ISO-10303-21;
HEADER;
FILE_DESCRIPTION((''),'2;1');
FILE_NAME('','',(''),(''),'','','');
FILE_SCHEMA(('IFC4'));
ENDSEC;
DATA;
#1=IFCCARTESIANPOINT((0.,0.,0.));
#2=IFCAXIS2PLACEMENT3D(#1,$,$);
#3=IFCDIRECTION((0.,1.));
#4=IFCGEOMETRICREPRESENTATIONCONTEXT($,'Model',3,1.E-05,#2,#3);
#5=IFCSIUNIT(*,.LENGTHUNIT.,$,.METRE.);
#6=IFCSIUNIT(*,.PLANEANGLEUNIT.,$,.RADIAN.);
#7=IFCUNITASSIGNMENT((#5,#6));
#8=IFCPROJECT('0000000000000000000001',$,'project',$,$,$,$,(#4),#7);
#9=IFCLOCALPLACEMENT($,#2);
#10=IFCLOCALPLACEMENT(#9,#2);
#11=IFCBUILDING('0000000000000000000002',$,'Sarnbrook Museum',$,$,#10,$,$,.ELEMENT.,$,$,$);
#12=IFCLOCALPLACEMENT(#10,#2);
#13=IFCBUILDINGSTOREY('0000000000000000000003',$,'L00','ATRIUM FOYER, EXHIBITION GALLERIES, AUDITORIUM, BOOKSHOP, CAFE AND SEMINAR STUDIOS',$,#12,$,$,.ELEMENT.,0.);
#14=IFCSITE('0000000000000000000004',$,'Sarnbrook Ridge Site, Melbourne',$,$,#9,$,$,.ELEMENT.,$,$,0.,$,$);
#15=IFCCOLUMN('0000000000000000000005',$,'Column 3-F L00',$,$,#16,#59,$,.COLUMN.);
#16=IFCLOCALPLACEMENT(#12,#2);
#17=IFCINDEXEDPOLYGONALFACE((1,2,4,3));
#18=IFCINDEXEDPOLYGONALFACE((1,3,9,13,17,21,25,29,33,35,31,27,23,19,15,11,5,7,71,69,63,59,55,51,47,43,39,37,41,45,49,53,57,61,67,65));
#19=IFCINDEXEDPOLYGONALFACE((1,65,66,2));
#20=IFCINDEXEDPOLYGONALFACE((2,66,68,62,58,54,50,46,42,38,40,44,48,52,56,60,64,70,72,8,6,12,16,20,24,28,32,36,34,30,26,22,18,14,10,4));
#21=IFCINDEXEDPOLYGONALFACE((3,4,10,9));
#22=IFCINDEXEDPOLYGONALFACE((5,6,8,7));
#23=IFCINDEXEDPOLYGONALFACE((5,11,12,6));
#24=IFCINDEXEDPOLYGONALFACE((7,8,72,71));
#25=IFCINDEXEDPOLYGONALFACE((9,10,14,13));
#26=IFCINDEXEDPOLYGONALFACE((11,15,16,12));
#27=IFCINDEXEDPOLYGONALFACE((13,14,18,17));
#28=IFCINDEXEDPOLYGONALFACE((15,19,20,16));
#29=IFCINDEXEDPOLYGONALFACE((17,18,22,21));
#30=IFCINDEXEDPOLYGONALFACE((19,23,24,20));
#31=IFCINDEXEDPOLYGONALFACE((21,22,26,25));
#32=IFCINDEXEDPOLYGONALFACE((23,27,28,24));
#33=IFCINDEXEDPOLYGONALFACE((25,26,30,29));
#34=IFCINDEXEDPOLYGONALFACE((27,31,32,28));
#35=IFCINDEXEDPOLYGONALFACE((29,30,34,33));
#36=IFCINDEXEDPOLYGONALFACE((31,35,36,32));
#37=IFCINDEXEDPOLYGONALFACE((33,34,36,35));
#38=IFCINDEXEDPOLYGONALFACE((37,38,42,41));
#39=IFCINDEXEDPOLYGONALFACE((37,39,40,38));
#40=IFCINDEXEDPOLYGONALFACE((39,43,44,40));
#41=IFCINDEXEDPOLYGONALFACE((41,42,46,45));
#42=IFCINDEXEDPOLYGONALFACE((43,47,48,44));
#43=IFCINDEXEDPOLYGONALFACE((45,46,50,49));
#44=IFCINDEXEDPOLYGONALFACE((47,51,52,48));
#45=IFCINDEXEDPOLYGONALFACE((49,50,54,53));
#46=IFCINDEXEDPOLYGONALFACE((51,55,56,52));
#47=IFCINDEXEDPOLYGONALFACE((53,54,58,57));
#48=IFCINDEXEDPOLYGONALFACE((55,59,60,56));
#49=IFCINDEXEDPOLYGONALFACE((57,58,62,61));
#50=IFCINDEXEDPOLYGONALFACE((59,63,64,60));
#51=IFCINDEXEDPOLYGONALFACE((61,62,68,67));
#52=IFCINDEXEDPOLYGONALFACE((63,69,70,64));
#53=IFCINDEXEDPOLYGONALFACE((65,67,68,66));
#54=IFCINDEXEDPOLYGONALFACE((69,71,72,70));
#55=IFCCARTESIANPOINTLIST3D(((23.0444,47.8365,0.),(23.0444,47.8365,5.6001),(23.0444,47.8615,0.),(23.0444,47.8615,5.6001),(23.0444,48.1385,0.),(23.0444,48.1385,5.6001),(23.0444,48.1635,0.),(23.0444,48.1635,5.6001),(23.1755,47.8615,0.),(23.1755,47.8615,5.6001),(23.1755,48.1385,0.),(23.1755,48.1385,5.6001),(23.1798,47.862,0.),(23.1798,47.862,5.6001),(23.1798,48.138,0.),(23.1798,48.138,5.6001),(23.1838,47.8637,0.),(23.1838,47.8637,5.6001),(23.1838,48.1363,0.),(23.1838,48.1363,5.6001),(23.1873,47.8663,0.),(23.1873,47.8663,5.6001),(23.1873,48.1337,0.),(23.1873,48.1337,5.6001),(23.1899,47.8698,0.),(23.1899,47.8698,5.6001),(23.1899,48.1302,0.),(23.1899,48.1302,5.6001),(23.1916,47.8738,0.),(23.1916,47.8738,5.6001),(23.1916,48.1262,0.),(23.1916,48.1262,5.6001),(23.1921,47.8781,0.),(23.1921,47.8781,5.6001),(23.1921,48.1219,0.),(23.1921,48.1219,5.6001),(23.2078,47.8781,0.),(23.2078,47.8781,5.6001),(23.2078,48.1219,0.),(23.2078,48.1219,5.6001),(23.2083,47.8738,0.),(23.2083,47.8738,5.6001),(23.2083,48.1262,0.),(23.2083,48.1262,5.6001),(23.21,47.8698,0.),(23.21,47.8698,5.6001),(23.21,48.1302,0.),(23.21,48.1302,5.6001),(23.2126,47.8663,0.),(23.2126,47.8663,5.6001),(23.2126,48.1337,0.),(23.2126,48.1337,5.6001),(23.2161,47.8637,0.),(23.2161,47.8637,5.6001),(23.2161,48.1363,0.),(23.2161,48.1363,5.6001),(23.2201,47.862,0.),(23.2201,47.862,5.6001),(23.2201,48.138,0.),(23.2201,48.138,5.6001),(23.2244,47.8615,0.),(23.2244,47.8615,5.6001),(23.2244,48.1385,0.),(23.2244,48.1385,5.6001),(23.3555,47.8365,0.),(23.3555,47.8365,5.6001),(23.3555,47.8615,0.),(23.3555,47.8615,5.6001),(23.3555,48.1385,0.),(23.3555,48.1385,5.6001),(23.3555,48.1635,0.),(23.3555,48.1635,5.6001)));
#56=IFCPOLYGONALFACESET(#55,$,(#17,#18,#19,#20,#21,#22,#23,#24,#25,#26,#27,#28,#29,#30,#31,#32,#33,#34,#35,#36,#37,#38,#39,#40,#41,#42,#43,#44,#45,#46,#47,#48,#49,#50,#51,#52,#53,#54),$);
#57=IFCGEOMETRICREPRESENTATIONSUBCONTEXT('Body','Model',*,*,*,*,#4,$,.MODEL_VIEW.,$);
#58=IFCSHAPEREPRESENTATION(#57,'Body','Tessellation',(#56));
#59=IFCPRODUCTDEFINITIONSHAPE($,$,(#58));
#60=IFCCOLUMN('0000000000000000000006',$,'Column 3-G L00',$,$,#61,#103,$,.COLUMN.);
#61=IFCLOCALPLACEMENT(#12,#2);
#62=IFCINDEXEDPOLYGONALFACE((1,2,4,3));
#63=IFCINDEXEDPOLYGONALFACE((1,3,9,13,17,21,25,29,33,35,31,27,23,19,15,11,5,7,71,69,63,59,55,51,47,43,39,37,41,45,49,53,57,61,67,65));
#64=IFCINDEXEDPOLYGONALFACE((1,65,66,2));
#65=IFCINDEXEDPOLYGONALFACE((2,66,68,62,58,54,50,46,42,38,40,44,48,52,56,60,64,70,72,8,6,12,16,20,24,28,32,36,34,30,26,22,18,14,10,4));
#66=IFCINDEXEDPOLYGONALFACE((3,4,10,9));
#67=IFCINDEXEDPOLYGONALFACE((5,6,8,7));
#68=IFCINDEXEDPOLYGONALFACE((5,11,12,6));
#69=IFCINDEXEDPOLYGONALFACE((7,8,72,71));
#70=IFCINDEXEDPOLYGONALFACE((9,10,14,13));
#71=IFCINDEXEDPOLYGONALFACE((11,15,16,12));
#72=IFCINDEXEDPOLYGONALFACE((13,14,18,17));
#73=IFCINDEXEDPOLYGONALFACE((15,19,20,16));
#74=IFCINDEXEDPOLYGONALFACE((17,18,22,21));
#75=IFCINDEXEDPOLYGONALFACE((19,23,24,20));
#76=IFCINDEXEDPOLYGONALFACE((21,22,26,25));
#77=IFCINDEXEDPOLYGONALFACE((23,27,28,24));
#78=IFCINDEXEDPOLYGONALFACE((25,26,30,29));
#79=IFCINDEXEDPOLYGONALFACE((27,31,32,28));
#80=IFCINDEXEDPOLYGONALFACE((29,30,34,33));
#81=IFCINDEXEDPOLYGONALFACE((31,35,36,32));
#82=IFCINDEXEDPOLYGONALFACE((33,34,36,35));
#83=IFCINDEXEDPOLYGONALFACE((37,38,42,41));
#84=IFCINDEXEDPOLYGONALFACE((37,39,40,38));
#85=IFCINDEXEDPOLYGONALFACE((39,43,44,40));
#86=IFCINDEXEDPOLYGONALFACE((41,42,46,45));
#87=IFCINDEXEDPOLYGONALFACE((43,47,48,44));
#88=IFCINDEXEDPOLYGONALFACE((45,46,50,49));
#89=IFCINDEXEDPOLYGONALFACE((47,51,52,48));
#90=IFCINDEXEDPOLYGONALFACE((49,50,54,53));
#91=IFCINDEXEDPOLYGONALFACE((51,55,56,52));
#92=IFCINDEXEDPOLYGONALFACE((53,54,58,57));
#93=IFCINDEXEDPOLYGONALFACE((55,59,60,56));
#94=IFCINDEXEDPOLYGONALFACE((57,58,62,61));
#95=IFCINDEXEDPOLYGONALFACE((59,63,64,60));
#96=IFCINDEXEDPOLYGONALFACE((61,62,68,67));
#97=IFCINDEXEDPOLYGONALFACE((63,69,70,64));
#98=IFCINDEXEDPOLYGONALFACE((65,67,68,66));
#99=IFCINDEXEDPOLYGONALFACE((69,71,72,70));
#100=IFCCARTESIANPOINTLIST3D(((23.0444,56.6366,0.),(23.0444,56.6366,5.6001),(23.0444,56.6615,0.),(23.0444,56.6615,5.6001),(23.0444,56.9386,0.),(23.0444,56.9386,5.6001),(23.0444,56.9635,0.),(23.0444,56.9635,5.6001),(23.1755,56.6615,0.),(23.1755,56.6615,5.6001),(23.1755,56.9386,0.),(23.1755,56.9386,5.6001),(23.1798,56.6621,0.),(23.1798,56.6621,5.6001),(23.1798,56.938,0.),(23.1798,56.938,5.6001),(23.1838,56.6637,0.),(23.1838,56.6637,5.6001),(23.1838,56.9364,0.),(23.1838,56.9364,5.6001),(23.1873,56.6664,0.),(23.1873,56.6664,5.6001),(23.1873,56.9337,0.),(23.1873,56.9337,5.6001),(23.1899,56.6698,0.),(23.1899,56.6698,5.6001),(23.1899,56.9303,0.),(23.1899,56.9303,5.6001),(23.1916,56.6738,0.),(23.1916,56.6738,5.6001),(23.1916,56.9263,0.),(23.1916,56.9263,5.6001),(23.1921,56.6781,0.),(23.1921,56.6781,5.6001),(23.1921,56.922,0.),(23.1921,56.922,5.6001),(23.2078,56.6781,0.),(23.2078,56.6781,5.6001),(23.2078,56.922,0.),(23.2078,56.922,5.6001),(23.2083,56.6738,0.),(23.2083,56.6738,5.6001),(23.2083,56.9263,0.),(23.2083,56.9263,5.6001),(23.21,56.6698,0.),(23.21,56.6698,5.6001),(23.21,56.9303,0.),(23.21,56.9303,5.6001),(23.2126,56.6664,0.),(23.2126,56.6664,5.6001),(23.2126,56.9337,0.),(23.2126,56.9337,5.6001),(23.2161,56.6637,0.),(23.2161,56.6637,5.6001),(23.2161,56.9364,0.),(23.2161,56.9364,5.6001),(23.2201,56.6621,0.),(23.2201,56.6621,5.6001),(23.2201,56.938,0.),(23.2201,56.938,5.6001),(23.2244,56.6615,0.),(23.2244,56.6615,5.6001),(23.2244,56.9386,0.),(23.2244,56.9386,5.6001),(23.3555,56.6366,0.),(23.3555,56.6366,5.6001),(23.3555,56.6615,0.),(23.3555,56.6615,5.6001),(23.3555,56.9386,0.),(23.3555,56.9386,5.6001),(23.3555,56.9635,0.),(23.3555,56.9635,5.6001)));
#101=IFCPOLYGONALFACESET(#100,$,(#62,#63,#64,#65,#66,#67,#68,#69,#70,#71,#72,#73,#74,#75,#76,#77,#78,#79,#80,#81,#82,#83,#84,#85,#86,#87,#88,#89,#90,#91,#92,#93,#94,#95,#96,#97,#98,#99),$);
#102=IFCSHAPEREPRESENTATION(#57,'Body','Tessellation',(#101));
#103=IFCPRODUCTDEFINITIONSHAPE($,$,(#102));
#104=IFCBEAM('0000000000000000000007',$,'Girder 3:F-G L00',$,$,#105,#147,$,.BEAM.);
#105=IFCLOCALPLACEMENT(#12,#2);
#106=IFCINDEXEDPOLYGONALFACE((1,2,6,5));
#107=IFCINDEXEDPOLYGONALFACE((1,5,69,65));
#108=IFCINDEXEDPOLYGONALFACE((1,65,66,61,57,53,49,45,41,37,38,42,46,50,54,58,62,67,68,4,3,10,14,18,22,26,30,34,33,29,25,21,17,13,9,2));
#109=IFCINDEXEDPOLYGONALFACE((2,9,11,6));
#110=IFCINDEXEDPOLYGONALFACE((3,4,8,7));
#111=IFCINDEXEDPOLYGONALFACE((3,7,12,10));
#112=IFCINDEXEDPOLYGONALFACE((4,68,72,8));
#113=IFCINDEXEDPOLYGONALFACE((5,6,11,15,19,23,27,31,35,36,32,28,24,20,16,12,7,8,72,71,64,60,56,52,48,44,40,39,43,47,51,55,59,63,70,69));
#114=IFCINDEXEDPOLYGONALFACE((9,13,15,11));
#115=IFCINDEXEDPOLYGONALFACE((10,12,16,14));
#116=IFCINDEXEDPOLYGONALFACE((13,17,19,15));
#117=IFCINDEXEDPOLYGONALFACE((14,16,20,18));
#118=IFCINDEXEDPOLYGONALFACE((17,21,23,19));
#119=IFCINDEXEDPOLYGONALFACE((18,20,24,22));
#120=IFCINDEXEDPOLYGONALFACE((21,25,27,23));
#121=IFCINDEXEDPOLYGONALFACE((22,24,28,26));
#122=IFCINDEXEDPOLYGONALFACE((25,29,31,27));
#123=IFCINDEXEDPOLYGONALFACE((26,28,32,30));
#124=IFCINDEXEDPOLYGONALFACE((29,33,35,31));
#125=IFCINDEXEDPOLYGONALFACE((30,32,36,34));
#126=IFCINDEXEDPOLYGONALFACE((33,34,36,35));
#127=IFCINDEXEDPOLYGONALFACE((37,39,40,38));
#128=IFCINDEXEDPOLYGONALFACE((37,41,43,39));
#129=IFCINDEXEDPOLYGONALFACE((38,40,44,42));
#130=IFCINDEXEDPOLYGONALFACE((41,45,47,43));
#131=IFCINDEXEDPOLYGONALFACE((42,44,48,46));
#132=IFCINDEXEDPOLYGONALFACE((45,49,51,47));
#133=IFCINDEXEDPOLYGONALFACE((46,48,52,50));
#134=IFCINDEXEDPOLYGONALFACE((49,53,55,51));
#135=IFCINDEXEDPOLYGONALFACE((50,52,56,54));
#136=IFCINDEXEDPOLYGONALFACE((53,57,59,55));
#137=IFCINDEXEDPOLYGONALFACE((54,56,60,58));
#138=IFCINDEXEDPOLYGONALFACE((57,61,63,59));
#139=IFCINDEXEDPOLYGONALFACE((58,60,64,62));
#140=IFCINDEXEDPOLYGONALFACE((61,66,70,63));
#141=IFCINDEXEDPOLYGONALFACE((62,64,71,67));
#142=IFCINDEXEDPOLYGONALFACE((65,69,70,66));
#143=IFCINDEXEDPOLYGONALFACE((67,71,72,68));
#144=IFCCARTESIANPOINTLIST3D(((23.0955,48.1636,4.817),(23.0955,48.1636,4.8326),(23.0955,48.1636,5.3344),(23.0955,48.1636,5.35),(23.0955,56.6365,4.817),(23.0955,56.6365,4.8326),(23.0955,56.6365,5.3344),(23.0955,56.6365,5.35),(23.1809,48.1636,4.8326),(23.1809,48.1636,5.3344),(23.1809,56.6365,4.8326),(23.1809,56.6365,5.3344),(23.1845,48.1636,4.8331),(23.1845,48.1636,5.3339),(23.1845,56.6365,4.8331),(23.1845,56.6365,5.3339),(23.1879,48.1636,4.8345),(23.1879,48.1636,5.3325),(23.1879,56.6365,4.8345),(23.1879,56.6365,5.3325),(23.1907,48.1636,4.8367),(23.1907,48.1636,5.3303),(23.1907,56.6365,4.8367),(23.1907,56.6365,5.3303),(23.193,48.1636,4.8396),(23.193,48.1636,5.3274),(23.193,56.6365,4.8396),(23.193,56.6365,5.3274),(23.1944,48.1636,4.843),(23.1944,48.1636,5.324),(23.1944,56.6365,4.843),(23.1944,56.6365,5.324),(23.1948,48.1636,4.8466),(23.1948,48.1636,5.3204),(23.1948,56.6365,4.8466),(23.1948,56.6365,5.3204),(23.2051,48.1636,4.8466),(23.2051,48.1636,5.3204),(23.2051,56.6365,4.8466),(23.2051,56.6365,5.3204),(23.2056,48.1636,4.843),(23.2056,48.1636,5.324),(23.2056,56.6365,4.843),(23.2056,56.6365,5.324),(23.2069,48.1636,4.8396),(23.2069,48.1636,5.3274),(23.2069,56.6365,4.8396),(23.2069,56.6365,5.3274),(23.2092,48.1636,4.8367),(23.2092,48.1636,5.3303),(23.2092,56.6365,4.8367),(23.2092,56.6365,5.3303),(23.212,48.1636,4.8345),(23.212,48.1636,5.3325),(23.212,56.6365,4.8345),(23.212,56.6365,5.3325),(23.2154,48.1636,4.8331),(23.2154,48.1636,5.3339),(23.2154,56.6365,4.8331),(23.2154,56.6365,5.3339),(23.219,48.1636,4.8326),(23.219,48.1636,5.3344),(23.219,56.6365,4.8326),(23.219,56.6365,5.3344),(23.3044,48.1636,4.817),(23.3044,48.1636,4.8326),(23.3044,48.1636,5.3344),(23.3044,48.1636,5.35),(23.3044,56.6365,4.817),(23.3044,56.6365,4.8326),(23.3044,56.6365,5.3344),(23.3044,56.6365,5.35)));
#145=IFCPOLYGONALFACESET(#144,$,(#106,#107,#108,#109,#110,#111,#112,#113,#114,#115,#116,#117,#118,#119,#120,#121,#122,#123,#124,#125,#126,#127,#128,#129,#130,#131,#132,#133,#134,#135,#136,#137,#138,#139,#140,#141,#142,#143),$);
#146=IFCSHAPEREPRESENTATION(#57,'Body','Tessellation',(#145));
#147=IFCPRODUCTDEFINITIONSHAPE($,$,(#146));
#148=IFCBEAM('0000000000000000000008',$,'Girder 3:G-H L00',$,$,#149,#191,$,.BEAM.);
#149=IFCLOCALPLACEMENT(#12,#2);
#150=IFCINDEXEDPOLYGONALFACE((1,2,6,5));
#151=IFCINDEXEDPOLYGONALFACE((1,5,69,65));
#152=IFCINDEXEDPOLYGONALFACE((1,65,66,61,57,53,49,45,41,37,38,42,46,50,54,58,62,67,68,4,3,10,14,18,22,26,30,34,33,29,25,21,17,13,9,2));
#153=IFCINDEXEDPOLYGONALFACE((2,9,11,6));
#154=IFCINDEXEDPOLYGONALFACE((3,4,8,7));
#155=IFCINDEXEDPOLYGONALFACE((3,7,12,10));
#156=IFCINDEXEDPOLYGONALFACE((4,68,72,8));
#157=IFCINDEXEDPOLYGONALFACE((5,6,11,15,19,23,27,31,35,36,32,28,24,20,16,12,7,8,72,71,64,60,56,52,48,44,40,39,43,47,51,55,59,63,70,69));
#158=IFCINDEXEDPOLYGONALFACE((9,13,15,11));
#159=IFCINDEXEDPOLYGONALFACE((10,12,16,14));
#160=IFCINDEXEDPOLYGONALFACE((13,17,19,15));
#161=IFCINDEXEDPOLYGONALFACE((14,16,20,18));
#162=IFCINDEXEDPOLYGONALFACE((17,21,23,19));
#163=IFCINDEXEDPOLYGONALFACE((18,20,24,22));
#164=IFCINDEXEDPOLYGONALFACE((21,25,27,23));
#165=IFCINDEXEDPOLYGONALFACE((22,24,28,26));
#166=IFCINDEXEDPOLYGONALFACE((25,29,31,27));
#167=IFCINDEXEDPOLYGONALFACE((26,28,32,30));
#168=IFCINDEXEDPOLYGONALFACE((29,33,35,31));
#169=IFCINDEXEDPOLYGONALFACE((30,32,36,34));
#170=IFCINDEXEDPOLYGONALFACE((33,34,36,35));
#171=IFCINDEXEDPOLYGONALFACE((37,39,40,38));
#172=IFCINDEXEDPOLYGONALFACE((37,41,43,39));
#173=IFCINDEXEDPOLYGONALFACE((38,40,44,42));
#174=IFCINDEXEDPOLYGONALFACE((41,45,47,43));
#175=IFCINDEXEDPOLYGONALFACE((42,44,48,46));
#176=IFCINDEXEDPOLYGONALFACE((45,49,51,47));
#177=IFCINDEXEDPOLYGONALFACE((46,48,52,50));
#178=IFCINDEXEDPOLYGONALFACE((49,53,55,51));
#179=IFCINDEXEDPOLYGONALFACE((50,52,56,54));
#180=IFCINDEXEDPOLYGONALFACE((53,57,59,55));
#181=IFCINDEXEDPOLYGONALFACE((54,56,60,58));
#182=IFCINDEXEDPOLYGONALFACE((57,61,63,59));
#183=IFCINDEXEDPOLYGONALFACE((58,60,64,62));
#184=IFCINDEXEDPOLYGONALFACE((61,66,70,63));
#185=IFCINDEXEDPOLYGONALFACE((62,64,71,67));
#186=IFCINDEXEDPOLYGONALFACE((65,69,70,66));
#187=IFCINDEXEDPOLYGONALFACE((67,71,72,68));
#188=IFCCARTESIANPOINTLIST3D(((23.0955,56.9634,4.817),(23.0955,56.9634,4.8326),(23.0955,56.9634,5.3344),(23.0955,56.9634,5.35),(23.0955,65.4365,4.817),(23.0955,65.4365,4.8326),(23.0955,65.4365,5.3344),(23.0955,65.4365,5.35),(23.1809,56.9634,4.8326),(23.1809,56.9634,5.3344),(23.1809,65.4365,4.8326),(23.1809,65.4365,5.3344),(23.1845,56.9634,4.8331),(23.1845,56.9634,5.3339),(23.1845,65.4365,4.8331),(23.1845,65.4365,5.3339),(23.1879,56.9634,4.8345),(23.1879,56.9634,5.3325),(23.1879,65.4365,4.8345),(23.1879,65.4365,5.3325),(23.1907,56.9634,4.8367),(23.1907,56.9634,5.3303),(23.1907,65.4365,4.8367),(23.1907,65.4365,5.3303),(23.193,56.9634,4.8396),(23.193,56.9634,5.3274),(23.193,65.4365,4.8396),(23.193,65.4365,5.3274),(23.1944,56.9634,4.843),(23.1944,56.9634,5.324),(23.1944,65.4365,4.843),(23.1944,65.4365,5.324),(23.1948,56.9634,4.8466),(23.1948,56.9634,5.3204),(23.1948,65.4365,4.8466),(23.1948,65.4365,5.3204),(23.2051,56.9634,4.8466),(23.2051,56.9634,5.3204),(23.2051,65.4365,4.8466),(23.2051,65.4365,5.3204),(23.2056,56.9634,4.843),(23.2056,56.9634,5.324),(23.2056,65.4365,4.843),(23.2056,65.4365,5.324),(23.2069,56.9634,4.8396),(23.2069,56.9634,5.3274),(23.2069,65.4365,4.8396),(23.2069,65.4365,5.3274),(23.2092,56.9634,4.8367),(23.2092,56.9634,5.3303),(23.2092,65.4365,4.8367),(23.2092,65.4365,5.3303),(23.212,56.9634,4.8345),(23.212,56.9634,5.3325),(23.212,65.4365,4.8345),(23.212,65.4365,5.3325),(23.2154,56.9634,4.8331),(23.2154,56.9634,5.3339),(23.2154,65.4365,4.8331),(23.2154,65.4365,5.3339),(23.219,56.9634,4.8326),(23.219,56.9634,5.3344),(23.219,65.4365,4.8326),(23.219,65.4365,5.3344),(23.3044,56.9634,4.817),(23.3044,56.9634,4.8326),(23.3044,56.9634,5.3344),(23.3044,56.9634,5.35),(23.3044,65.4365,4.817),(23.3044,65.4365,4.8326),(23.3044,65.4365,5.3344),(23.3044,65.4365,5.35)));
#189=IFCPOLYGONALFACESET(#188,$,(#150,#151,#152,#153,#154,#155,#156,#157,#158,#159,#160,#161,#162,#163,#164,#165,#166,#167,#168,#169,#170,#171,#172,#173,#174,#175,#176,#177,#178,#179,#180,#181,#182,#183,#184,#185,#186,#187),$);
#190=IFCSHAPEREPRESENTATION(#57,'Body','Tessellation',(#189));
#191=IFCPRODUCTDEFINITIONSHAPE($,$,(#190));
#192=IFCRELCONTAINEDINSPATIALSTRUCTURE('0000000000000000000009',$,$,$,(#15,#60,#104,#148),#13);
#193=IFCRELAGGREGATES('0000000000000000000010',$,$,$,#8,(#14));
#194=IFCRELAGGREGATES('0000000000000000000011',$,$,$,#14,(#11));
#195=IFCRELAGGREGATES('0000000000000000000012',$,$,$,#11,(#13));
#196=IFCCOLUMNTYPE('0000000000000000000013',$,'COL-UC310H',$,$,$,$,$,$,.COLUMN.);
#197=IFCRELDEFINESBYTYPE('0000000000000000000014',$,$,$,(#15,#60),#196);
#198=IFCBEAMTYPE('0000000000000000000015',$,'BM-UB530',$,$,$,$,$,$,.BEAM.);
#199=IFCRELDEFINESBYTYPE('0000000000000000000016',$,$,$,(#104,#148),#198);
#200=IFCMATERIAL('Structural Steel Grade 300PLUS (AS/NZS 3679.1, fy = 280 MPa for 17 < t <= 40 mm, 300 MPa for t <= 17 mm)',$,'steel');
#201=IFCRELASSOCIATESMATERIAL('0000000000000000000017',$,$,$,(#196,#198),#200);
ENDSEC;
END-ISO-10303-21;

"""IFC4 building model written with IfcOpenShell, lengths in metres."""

from ifc_helpers import new_model, si_unit, direction, frame, origin, origin_2d, place, context, subcontext, project, spatial, i_section, extrude, material, material_profile, profile_set, type_object, element, save


model = new_model("IFC4")

# Units and contexts
model_context = context("Model", 3, precision=1e-05, world=origin(), true_north=direction((0.0, 1.0)))
body_context = subcontext(model_context, "Body", "Model", "MODEL_VIEW")
ifc_project = project(units=[si_unit("LENGTHUNIT", "METRE"), si_unit("PLANEANGLEUNIT", "RADIAN")], contexts=[model_context])

# Site, building, storey
site_placement = place(None, origin())
site = spatial("IfcSite", under=ifc_project, at=site_placement, Name="Sarnbrook Ridge Site, Melbourne", CompositionType="ELEMENT", RefElevation=0.0)
building_placement = place(site_placement, origin())
building = spatial("IfcBuilding", under=site, at=building_placement, Name="Sarnbrook Museum", CompositionType="ELEMENT")
storey_placement = place(building_placement, origin())
storey = spatial("IfcBuildingStorey", under=building, at=storey_placement, Name="L00", Description="ATRIUM FOYER, EXHIBITION GALLERIES, AUDITORIUM, BOOKSHOP, CAFE AND SEMINAR STUDIOS", CompositionType="ELEMENT", Elevation=0.0)

# Columns
ifc_material_1 = material(Name="Structural Steel Grade 300PLUS (AS/NZS 3679.1, fy = 280 MPa for 17 < t <= 40 mm, 300 MPa for t <= 17 mm)", Category="steel")
ifc_material_profile_1 = material_profile(ifc_material_1, i_section(OverallWidth=0.311, OverallDepth=0.3269, WebThickness=0.0156, FlangeThickness=0.0249, FilletRadius=0.0166, at=origin_2d()), Name="310UC158")
ifc_profile_set_1 = profile_set([ifc_material_profile_1], Name="Structural Steel Grade 300PLUS (AS/NZS 3679.1, fy = 280 MPa for 17 < t <= 40 mm, 300 MPa for t <= 17 mm)")
column_type = type_object("IfcColumnType", Name="COL-UC310H", PredefinedType="COLUMN", material=ifc_profile_set_1)
for number, where, z_axis, x_axis, name in (
    (1, (23.2, 48.0, 0.0), (0.0, 0.0, 1.0), (1.0, 0.0, 0.0), "Column 3-F L00"),
    (2, (23.2, 56.8, 0.0), (0.0, 0.0, 1.0), (1.0, 0.0, 0.0), "Column 3-G L00"),
):
    element("IfcColumn", number, at=place(storey_placement, frame(where, z_axis=z_axis, x_axis=x_axis)), inside=storey, type_object=column_type, Name=name, PredefinedType="COLUMN", context=body_context, shape_type="SweptSolid", body=[
        extrude(i_section(OverallWidth=0.311, OverallDepth=0.3269, WebThickness=0.0156, FlangeThickness=0.0249, FilletRadius=0.0166, at=origin_2d()), origin(), (0.0, 0.0, 1.0), 5.6001),
    ])

# Beams
ifc_material_profile_2 = material_profile(ifc_material_1, i_section(OverallWidth=0.209, OverallDepth=0.533, WebThickness=0.0103, FlangeThickness=0.0156, FilletRadius=0.0139, at=origin_2d()), Name="530UB92.4")
ifc_profile_set_2 = profile_set([ifc_material_profile_2], Name="Structural Steel Grade 300PLUS (AS/NZS 3679.1, fy = 280 MPa for 17 < t <= 40 mm, 300 MPa for t <= 17 mm)")
beam_type_1 = type_object("IfcBeamType", Name="BM-UB530", PredefinedType="BEAM", material=ifc_profile_set_2)
beam_1_placement = place(storey_placement, frame((23.2, 48.1636, 5.0835), z_axis=(0.0, 1.0, 0.0), x_axis=(-1.0, 0.0, 0.0)))
element("IfcBeam", 3, at=beam_1_placement, inside=storey, type_object=beam_type_1, Name="Girder 3:F-G L00", PredefinedType="BEAM", context=body_context, shape_type="SweptSolid", body=[
    extrude(i_section(OverallWidth=0.209, OverallDepth=0.533, WebThickness=0.0103, FlangeThickness=0.0156, FilletRadius=0.0139, at=origin_2d()), origin(), (0.0, 0.0, 1.0), 8.4729),
])
beam_2_placement = place(storey_placement, frame((23.2, 56.9634, 5.0835), z_axis=(0.0, 1.0, 0.0), x_axis=(-1.0, 0.0, 0.0)))
element("IfcBeam", 4, at=beam_2_placement, inside=storey, type_object=beam_type_1, Name="Girder 3:G-H L00", PredefinedType="BEAM", context=body_context, shape_type="SweptSolid", body=[
    extrude(i_section(OverallWidth=0.209, OverallDepth=0.533, WebThickness=0.0103, FlangeThickness=0.0156, FilletRadius=0.0139, at=origin_2d()), origin(), (0.0, 0.0, 1.0), 8.4731),
])

save(model, "model.ifc")
